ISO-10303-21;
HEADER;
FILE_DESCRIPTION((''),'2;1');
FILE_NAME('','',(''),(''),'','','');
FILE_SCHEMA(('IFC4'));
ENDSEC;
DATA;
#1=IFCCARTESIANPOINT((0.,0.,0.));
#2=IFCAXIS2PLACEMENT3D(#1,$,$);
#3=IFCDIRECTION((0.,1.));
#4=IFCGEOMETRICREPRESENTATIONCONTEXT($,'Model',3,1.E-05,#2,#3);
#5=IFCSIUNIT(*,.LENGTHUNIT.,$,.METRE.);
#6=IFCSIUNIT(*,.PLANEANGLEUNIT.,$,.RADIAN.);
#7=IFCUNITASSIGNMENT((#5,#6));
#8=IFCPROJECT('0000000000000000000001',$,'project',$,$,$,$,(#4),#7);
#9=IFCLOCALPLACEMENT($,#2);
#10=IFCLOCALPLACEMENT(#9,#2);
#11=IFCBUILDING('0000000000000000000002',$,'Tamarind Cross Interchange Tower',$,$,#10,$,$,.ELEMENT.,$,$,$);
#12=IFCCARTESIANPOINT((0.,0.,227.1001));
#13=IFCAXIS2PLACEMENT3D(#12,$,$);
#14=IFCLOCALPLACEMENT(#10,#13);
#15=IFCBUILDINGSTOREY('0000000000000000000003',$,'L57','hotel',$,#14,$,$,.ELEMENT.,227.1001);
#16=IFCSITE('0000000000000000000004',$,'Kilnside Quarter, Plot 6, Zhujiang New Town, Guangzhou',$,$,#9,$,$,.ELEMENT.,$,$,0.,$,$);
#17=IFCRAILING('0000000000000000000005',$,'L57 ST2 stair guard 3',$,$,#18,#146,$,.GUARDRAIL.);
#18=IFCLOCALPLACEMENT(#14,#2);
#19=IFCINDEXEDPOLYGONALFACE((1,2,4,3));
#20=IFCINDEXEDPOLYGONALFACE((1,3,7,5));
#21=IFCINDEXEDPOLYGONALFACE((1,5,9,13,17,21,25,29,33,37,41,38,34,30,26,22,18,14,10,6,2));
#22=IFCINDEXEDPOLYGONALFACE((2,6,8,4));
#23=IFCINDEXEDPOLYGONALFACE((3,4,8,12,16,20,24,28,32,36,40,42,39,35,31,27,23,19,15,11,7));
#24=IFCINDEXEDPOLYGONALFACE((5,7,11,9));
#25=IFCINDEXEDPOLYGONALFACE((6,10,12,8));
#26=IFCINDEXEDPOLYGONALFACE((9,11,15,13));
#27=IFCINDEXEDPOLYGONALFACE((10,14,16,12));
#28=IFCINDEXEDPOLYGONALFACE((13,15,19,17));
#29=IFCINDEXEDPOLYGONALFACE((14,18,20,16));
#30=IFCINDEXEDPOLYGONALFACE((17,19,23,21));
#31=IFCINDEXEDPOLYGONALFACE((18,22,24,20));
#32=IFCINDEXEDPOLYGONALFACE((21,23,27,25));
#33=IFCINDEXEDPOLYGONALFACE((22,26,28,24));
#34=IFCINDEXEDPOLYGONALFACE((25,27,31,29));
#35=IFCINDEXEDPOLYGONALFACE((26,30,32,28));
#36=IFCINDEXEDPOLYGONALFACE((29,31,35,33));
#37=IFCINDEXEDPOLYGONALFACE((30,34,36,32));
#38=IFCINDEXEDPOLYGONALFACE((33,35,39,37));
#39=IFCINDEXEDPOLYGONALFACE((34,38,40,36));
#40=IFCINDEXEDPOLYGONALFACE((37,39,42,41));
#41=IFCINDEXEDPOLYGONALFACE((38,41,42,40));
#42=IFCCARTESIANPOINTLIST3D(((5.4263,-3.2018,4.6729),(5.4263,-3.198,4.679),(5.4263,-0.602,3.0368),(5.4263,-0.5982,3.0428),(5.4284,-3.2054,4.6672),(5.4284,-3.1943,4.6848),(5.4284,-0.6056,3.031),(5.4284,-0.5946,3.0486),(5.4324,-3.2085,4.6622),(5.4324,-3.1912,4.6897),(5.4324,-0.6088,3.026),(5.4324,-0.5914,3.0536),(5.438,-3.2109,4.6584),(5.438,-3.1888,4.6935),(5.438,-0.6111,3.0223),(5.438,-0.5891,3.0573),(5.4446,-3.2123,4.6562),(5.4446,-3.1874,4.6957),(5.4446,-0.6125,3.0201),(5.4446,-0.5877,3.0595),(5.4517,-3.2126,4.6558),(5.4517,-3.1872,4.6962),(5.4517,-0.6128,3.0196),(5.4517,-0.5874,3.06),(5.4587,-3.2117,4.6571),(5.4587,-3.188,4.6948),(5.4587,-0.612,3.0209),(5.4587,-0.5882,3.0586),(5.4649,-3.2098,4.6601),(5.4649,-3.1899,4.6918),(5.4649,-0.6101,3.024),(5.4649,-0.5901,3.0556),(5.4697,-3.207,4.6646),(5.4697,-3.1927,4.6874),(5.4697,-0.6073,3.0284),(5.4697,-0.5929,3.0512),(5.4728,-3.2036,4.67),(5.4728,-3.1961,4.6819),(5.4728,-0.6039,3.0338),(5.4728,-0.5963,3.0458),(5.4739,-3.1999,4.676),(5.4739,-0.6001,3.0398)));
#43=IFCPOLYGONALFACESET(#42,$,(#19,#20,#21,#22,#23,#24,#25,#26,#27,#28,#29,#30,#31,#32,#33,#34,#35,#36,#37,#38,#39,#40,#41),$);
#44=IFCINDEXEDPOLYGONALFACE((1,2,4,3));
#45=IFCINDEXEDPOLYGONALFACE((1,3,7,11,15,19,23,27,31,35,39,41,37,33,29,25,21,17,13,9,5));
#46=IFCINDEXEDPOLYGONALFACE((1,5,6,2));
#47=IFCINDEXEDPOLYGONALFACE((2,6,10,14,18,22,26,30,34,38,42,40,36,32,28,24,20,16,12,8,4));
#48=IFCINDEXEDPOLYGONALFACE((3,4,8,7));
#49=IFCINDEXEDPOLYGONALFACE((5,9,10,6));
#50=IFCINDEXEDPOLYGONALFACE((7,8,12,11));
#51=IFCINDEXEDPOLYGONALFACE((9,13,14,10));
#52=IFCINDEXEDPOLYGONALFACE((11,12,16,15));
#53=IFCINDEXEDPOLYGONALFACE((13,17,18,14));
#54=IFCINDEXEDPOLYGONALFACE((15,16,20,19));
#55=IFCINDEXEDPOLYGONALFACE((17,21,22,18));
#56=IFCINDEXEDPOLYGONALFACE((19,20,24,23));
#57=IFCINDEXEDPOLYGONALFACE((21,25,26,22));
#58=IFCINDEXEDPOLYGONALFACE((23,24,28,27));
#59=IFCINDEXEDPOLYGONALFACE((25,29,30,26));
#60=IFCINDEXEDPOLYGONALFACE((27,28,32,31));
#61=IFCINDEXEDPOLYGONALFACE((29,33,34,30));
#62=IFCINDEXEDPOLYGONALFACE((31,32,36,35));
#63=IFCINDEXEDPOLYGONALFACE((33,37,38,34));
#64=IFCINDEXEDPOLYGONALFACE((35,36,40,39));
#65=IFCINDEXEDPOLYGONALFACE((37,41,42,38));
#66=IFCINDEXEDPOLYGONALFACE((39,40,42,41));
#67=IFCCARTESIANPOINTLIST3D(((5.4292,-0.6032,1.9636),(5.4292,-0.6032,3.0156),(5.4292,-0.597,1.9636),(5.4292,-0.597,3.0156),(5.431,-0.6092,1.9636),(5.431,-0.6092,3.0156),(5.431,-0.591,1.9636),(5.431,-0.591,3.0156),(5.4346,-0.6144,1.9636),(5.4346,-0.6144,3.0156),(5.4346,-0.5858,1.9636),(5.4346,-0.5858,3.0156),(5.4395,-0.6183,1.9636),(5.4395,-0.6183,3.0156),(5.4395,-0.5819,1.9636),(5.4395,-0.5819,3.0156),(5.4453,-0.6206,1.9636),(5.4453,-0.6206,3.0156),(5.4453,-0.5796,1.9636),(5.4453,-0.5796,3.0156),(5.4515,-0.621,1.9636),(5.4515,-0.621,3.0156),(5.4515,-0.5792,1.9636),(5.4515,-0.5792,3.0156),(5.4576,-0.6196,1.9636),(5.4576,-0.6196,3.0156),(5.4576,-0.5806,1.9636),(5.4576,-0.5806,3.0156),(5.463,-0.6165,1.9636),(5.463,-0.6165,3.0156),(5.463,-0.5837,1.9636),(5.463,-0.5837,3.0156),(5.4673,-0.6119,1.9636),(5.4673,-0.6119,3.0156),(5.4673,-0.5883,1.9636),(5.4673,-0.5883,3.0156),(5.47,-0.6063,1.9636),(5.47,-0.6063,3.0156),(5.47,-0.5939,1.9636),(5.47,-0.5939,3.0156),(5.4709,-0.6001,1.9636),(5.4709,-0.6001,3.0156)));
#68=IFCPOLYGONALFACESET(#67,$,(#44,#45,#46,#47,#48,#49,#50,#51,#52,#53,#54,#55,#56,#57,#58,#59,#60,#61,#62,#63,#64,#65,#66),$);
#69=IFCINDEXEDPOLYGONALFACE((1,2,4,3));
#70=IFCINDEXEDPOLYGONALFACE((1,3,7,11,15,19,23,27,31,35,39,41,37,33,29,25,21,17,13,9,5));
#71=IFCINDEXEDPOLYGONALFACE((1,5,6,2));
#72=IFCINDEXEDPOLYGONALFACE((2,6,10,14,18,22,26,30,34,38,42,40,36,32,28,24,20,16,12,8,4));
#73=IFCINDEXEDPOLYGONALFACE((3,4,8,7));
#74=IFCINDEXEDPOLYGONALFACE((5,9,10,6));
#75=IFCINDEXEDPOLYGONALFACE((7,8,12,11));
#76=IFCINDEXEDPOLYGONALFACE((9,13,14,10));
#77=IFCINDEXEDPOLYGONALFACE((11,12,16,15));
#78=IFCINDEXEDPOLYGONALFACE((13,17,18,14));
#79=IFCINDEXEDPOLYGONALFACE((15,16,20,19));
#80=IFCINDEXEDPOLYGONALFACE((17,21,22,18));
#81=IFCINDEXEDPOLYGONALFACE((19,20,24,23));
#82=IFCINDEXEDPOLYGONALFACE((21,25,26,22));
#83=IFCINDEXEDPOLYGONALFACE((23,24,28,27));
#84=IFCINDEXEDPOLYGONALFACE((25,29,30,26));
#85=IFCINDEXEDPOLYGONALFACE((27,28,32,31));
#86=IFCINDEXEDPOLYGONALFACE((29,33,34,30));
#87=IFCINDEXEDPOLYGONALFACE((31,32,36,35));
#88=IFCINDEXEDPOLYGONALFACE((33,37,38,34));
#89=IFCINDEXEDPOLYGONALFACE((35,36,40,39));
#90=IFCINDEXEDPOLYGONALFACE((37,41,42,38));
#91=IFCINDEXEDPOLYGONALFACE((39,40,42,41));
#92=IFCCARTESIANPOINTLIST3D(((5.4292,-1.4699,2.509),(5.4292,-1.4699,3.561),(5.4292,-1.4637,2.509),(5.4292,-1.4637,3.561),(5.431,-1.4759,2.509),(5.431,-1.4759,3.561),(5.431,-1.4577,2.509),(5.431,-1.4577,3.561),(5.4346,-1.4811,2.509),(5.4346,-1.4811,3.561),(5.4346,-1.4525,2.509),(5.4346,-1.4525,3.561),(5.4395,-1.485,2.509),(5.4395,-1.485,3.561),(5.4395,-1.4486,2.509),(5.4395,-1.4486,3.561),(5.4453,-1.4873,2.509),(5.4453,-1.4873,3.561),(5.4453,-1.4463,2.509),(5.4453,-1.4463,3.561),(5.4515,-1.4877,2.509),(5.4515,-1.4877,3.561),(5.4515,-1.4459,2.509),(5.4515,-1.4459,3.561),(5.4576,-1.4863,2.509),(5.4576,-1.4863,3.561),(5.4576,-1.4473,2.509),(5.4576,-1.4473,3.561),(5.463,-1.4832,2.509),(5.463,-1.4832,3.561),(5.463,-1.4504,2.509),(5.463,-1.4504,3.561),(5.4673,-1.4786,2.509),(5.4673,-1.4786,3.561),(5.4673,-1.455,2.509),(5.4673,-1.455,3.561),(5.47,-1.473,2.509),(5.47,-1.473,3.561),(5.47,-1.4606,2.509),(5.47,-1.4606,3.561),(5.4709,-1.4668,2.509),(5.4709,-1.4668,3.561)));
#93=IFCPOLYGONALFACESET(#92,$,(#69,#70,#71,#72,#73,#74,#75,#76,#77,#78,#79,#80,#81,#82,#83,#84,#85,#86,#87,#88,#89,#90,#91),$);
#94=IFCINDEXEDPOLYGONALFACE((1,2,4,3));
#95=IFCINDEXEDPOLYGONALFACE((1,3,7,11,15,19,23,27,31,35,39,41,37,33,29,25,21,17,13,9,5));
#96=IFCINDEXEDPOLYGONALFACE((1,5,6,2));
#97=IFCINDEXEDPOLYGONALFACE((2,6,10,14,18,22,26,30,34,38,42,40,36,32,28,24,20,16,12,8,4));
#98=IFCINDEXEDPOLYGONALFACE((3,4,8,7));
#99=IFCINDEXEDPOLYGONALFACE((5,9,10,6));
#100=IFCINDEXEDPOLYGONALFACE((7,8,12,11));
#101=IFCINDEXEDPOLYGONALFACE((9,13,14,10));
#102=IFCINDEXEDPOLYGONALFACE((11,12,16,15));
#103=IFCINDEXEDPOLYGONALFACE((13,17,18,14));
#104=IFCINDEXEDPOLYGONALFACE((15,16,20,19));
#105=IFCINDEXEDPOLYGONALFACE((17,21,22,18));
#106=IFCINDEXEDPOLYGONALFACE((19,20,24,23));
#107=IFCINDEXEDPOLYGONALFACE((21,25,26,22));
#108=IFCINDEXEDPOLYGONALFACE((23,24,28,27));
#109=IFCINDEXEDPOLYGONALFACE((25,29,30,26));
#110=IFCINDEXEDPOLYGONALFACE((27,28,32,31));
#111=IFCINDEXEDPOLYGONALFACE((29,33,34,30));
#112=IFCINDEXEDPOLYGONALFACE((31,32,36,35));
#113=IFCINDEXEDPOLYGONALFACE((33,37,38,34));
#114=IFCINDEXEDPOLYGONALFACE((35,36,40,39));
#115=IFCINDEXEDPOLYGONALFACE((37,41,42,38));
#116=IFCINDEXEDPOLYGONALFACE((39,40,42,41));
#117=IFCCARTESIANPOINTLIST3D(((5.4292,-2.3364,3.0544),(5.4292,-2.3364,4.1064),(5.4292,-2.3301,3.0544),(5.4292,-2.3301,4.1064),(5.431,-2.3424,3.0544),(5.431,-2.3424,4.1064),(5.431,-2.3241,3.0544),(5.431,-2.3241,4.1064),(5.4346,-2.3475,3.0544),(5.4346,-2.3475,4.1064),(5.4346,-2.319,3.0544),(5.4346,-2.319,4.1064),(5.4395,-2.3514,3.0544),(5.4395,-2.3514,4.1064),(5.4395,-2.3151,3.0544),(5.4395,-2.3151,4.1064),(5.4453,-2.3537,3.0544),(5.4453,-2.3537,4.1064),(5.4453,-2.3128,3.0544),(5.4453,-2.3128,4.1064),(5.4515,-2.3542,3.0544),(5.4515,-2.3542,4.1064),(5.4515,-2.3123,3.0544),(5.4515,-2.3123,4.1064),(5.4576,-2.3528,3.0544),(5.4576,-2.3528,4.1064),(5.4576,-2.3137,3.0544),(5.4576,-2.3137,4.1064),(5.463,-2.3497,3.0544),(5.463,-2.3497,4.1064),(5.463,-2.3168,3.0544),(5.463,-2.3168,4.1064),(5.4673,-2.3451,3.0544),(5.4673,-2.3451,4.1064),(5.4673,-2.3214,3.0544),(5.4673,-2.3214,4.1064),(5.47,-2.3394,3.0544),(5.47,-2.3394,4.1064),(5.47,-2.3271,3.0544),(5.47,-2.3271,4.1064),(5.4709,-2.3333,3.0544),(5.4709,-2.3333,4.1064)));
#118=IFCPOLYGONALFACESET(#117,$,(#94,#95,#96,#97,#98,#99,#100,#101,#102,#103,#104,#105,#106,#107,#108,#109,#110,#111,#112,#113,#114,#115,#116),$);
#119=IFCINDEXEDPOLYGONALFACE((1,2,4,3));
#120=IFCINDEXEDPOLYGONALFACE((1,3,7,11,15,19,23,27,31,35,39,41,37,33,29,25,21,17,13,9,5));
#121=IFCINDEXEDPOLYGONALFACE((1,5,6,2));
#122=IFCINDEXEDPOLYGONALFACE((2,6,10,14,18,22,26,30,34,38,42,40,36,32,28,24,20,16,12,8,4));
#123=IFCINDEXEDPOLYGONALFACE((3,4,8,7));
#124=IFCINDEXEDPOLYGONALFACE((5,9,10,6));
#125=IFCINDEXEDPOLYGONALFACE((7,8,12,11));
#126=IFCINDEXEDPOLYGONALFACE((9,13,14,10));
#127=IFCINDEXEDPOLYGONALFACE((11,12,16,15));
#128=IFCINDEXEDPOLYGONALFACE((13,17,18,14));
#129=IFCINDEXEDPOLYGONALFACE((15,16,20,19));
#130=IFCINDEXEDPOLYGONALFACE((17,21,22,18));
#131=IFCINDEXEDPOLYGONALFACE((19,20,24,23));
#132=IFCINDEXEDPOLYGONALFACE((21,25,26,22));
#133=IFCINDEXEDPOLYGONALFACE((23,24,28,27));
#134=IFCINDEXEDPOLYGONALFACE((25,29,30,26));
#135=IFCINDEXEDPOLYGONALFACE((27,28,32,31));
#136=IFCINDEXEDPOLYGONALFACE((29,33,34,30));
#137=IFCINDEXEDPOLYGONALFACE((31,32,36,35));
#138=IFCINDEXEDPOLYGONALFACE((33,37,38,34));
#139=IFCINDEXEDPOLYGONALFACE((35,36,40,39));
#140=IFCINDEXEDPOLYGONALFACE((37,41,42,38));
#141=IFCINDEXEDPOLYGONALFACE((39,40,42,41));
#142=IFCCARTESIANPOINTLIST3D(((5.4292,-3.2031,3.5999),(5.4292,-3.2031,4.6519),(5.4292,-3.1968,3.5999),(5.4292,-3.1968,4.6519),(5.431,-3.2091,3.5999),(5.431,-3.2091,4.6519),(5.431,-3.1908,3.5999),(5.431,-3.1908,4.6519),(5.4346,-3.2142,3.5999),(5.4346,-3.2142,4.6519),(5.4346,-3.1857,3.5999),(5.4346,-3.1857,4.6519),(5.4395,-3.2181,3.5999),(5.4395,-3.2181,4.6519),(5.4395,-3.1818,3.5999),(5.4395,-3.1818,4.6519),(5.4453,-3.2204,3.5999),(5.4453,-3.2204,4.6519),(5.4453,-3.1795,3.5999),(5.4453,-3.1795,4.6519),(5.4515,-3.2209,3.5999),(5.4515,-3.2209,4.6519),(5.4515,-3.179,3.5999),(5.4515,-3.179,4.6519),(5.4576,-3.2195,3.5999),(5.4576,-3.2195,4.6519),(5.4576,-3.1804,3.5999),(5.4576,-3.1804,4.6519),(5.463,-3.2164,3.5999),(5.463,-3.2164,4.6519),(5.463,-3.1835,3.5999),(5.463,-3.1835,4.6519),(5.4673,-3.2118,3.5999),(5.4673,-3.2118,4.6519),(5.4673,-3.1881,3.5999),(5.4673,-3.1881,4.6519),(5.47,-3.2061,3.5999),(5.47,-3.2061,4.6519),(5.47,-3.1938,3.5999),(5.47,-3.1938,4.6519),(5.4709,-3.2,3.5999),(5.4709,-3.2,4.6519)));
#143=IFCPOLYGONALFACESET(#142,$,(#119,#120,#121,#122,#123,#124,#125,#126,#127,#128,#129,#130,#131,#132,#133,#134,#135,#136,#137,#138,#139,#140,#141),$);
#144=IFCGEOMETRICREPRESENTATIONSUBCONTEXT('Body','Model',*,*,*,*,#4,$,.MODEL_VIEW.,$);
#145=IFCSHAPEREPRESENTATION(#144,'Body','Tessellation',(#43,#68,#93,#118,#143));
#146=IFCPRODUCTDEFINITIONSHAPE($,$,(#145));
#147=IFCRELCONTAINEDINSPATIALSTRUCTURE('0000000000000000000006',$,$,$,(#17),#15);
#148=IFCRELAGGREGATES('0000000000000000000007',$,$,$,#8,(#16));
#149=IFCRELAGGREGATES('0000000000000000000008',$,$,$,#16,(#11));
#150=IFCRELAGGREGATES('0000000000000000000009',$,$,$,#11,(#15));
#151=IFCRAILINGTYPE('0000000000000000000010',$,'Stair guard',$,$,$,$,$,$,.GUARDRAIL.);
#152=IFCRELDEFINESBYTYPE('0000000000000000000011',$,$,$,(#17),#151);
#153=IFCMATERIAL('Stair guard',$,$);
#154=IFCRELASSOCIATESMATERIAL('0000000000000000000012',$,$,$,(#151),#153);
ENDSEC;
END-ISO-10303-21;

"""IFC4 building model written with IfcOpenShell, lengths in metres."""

from ifc_helpers import new_model, si_unit, direction, frame, origin, origin_2d, place, context, subcontext, project, spatial, circle, extrude, material, type_object, element, save


model = new_model("IFC4")

# Units and contexts
model_context = context("Model", 3, precision=1e-05, world=origin(), true_north=direction((0.0, 1.0)))
body_context = subcontext(model_context, "Body", "Model", "MODEL_VIEW")
ifc_project = project(units=[si_unit("LENGTHUNIT", "METRE"), si_unit("PLANEANGLEUNIT", "RADIAN")], contexts=[model_context])

# Site, building, storey
site_placement = place(None, origin())
site = spatial("IfcSite", under=ifc_project, at=site_placement, Name="Kilnside Quarter, Plot 6, Zhujiang New Town, Guangzhou", CompositionType="ELEMENT", RefElevation=0.0)
building_placement = place(site_placement, origin())
building = spatial("IfcBuilding", under=site, at=building_placement, Name="Tamarind Cross Interchange Tower", CompositionType="ELEMENT")
storey_placement = place(building_placement, frame((0.0, 0.0, 227.1001)))
storey = spatial("IfcBuildingStorey", under=building, at=storey_placement, Name="L57", Description="hotel", CompositionType="ELEMENT", Elevation=227.1001)

# Railing
ifc_material_1 = material(Name="Stair guard")
railing_type_1 = type_object("IfcRailingType", Name="Stair guard", PredefinedType="GUARDRAIL", material=ifc_material_1)
railing_1_placement = place(storey_placement, frame((5.45, -0.6001, 1.9636)))
element("IfcRailing", 1, at=railing_1_placement, inside=storey, type_object=railing_type_1, Name="L57 ST2 stair guard 3", PredefinedType="GUARDRAIL", context=body_context, shape_type="SweptSolid", body=[
    extrude(circle(Radius=0.0239, at=origin_2d()), frame((0.0, 0.0, 1.0762), z_axis=(0.0, -0.846338, 0.532647), x_axis=(1.0, 0.0, 0.0)), (0.0, 0.0, 1.0), 3.0718),
    extrude(circle(Radius=0.021, at=origin_2d()), origin(), (0.0, 0.0, 1.0), 1.052),
    extrude(circle(Radius=0.021, at=origin_2d()), frame((0.0, -0.8667, 0.5454)), (0.0, 0.0, 1.0), 1.052),
    extrude(circle(Radius=0.021, at=origin_2d()), frame((0.0, -1.7332, 1.0908)), (0.0, 0.0, 1.0), 1.052),
    extrude(circle(Radius=0.021, at=origin_2d()), frame((0.0, -2.5999, 1.6362)), (0.0, 0.0, 1.0), 1.052),
])

save(model, "model.ifc")
